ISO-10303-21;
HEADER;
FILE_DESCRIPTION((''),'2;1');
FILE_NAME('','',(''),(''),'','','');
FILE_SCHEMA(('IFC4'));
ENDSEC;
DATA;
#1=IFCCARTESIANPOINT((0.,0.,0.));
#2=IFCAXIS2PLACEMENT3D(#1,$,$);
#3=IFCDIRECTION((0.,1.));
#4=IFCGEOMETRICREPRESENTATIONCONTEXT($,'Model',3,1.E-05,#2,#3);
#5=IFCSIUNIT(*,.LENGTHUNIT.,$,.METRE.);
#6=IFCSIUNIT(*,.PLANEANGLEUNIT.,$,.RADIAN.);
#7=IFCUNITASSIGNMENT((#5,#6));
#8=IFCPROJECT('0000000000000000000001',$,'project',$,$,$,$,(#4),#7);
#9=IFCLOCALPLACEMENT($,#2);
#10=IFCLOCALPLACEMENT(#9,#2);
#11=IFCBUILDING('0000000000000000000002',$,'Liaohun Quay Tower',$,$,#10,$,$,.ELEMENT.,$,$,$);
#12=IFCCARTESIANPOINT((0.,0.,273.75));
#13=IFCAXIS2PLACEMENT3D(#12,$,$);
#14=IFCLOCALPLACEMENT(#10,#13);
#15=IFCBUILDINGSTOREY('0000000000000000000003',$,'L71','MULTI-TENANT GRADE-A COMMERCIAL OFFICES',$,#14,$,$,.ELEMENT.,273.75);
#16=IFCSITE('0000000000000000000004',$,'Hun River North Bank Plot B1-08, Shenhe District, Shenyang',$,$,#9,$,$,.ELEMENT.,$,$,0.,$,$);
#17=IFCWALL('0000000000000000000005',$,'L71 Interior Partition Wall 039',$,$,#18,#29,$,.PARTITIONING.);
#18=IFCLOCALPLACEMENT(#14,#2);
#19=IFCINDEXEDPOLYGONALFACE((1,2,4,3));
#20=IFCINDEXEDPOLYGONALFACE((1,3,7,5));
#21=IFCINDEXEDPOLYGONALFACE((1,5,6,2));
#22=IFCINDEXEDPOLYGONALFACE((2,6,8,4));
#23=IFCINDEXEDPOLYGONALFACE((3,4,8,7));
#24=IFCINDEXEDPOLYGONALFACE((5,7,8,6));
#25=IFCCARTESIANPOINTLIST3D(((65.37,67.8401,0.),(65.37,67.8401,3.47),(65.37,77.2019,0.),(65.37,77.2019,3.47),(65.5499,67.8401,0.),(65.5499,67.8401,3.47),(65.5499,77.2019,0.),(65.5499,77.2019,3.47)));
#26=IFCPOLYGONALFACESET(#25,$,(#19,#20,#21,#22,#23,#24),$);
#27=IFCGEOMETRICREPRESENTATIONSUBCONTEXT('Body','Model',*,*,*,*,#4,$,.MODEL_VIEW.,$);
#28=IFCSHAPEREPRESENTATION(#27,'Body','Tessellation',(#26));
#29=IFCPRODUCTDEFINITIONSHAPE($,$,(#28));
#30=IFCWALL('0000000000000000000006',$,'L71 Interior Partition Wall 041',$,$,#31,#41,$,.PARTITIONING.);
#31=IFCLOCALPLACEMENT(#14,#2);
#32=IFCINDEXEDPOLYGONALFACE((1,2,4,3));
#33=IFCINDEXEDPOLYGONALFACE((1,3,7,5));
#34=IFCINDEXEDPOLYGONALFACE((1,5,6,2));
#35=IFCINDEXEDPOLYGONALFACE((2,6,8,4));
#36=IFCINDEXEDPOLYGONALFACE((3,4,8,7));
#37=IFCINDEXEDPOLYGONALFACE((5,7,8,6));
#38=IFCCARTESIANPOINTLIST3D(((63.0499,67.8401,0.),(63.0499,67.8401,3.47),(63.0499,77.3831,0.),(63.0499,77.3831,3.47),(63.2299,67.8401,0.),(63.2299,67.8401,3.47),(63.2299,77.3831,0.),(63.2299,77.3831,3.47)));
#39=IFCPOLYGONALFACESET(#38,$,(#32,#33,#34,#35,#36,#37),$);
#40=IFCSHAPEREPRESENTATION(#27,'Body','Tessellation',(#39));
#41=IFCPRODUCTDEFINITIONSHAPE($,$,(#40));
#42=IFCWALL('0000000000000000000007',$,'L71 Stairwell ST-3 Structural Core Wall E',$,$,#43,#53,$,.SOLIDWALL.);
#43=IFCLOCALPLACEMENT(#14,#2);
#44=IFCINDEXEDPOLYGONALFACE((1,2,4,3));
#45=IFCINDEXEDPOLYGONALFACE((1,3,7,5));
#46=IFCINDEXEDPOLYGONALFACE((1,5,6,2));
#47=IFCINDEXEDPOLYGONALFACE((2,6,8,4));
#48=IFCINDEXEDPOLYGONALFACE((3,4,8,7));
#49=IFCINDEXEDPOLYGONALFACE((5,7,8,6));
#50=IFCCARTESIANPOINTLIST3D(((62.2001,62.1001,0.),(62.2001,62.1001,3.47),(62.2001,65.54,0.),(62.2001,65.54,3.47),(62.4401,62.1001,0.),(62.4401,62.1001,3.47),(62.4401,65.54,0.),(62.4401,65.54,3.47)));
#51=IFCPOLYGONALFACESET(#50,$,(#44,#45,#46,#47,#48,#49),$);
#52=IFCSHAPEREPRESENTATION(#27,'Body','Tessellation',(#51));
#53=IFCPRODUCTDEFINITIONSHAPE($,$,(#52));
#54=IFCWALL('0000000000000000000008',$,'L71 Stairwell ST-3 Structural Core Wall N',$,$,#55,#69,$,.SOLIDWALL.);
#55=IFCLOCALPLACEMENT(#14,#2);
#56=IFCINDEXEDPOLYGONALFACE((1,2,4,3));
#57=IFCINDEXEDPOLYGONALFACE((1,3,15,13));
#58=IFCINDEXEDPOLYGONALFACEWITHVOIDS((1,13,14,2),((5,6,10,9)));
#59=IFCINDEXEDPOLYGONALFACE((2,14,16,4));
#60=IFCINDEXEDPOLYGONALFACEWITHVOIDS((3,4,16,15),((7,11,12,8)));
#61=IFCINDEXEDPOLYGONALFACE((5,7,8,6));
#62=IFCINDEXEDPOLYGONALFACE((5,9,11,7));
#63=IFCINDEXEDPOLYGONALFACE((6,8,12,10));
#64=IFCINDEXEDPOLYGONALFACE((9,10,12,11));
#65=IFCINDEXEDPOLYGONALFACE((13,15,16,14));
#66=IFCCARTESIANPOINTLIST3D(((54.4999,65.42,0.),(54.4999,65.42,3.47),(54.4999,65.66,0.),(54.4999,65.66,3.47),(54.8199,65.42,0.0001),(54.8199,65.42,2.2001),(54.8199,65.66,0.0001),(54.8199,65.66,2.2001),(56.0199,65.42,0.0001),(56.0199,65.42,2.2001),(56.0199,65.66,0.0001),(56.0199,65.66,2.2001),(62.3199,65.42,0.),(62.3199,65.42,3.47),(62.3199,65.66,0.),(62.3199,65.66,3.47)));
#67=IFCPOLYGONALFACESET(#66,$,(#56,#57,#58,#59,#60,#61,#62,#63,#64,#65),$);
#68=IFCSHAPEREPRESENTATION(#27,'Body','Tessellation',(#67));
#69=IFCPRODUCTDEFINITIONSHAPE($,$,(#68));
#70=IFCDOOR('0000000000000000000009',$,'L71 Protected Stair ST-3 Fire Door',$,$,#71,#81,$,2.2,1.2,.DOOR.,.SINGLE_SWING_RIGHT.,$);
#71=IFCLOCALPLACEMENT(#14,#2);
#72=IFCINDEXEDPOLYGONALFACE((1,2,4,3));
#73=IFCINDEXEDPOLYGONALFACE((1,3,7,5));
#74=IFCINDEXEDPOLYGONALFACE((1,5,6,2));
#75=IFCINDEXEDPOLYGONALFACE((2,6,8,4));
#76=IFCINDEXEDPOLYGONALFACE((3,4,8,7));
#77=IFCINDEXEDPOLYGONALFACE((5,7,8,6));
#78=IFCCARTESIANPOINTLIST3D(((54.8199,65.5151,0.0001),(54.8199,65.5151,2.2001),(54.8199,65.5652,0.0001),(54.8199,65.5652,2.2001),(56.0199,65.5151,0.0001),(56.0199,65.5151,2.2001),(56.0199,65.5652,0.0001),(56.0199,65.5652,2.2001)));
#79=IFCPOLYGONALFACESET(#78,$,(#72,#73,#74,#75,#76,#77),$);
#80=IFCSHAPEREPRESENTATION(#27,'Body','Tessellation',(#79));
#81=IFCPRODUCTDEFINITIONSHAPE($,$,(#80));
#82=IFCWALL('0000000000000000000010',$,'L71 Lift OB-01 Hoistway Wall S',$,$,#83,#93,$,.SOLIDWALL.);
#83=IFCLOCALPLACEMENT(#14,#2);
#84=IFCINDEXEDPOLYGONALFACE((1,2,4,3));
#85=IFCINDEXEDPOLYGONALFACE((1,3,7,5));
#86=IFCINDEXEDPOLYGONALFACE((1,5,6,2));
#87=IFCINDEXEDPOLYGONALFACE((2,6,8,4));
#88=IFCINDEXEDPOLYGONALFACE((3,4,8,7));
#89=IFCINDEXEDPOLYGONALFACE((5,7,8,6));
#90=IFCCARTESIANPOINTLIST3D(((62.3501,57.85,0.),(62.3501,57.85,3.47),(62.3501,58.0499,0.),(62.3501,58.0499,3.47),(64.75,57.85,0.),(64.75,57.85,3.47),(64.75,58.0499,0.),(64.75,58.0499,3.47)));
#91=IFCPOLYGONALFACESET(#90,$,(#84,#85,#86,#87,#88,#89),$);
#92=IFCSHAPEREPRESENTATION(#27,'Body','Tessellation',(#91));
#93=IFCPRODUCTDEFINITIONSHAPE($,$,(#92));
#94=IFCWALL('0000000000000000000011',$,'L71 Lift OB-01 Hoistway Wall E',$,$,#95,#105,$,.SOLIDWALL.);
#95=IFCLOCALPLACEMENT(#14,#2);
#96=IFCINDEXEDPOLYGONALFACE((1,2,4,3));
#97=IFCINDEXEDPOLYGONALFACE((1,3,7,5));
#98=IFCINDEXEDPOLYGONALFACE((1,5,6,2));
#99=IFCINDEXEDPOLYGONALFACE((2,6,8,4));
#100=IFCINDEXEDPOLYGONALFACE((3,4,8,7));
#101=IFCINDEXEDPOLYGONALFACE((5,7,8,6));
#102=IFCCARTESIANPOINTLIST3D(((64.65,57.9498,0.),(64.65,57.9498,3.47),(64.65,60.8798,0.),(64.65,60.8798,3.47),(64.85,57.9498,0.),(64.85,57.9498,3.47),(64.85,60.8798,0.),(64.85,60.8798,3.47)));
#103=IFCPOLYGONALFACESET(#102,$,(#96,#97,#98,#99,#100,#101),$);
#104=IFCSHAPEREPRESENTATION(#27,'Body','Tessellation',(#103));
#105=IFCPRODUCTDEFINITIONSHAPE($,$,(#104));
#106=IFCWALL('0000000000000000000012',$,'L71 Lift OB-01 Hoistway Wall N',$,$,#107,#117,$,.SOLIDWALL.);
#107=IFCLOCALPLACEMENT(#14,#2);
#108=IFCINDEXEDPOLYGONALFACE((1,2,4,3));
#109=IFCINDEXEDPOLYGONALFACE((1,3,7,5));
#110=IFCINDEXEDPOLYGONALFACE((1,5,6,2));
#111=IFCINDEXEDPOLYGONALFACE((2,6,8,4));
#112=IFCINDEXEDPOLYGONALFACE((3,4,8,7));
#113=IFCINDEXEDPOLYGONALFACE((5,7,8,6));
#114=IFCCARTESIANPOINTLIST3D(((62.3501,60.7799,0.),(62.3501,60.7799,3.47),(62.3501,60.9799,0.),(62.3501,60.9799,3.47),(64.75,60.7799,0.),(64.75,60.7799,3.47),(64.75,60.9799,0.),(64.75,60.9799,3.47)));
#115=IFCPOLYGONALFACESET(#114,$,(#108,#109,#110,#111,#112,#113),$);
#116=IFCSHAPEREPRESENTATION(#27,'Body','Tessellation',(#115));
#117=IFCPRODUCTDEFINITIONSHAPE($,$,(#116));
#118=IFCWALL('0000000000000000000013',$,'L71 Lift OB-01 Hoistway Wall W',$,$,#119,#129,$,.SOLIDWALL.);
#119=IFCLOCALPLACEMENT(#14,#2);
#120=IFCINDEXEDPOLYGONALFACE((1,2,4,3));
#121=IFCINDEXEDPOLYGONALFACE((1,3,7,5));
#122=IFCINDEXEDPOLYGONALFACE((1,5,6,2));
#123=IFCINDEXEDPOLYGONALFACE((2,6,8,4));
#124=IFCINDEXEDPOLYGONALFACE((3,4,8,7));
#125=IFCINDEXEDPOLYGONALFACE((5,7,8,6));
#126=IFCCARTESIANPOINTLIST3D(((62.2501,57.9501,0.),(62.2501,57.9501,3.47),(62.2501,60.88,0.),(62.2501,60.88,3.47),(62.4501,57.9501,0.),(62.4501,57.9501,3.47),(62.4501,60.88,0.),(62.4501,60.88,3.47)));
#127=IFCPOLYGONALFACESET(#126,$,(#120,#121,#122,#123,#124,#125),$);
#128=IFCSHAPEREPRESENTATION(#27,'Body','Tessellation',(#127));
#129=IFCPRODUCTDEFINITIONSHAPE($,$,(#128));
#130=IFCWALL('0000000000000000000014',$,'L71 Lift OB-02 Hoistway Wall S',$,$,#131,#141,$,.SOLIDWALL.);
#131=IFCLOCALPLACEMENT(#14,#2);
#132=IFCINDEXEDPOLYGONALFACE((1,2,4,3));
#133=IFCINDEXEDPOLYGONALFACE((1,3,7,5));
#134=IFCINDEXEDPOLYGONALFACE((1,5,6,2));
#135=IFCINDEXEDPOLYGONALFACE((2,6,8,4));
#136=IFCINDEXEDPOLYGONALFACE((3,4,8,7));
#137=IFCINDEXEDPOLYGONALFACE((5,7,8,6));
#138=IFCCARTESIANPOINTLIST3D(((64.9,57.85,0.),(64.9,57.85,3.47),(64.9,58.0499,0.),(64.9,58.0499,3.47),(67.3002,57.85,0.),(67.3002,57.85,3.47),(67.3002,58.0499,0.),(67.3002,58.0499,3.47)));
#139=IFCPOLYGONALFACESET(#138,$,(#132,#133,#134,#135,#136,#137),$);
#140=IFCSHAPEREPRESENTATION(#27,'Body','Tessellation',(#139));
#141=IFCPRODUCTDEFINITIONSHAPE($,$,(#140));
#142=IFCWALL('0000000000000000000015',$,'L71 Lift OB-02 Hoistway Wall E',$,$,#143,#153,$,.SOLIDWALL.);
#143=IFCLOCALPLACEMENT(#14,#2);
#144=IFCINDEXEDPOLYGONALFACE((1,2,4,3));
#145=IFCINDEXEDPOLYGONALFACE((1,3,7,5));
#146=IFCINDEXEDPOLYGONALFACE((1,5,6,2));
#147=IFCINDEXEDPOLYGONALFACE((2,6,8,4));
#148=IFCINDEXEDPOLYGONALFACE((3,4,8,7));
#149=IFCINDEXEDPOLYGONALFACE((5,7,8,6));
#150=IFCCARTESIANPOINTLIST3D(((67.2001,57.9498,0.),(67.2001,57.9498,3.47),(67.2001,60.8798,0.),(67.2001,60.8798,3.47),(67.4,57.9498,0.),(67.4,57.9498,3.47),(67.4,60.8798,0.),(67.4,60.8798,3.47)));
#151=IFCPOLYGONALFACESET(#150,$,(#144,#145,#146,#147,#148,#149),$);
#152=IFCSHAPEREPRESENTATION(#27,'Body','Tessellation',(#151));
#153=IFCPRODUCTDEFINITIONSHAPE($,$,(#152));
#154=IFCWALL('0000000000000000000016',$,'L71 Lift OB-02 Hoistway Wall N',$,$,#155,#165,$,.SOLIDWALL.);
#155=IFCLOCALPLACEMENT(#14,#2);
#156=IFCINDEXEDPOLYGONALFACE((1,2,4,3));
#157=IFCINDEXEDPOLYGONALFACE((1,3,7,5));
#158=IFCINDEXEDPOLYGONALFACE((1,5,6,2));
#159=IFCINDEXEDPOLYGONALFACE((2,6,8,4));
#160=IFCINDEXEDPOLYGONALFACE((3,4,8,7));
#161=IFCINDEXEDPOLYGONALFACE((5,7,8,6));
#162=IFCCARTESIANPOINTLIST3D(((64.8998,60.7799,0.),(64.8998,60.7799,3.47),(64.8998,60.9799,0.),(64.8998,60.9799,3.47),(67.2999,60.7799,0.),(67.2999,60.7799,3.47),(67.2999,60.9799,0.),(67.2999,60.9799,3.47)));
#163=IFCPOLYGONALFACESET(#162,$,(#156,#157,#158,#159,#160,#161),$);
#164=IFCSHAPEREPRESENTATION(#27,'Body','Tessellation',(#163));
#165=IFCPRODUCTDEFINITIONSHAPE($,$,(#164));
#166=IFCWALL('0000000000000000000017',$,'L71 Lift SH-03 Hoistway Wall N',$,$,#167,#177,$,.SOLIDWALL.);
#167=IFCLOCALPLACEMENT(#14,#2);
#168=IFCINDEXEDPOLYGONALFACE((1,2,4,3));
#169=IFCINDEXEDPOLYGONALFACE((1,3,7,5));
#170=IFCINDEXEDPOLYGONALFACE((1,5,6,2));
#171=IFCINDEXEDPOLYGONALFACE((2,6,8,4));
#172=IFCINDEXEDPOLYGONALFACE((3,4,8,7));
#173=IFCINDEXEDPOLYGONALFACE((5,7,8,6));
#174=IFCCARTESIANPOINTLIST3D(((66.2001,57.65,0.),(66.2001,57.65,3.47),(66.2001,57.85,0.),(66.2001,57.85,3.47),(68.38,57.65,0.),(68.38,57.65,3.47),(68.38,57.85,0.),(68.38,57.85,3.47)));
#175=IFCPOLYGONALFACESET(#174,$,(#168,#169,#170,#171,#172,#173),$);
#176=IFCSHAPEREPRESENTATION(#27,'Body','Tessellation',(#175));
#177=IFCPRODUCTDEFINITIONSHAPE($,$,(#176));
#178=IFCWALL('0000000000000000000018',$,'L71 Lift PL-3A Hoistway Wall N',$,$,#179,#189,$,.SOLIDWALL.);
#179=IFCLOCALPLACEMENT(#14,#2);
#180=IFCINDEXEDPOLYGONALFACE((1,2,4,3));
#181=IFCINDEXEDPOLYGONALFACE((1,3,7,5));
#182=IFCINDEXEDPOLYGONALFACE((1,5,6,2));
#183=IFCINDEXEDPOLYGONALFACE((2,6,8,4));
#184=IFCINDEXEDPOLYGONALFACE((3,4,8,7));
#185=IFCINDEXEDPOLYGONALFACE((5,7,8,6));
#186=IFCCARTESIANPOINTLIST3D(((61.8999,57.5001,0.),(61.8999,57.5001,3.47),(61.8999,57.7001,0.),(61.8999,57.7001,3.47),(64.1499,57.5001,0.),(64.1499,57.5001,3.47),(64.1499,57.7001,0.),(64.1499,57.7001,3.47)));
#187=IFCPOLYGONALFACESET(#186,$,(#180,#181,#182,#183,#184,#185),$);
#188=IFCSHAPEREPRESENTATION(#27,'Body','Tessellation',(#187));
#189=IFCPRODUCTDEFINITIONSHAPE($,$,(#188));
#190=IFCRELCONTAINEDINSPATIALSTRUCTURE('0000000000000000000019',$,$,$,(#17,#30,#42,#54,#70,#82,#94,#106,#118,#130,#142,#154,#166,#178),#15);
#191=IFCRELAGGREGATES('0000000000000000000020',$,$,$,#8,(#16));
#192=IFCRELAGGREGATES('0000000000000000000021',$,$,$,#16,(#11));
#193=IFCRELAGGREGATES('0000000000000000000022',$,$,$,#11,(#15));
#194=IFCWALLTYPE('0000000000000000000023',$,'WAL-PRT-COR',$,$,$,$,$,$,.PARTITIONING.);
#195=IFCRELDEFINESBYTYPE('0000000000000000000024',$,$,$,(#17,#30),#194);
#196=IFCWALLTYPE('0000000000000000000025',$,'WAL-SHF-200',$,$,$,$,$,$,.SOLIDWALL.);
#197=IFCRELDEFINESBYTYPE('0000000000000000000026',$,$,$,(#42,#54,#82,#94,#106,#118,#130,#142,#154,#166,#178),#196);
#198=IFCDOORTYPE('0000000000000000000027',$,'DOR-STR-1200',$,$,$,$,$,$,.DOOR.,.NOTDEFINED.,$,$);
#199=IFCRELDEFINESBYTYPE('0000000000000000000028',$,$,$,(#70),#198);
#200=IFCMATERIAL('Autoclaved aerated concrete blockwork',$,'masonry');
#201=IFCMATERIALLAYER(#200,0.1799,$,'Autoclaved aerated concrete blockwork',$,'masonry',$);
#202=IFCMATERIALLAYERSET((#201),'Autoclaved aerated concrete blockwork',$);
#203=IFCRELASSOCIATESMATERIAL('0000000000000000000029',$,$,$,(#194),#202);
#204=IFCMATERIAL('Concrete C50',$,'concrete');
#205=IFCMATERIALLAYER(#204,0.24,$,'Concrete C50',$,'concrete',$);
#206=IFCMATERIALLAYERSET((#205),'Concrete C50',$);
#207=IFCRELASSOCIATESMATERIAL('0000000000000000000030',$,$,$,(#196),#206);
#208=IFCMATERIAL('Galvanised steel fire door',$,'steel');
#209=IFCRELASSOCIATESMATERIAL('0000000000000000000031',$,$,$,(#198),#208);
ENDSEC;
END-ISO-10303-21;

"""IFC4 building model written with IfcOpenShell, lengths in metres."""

from ifc_helpers import new_model, si_unit, direction, frame, frame_2d, origin, place, context, subcontext, project, spatial, rectangle, extrude, source, transform, mapped, material, layer, layer_set, type_object, element, fill, save


model = new_model("IFC4")

# Units and contexts
model_context = context("Model", 3, precision=1e-05, world=origin(), true_north=direction((0.0, 1.0)))
body_context = subcontext(model_context, "Body", "Model", "MODEL_VIEW")
ifc_project = project(units=[si_unit("LENGTHUNIT", "METRE"), si_unit("PLANEANGLEUNIT", "RADIAN")], contexts=[model_context])

# Site, building, storey
site_placement = place(None, origin())
site = spatial("IfcSite", under=ifc_project, at=site_placement, Name="Hun River North Bank Plot B1-08, Shenhe District, Shenyang", CompositionType="ELEMENT", RefElevation=0.0)
building_placement = place(site_placement, origin())
building = spatial("IfcBuilding", under=site, at=building_placement, Name="Liaohun Quay Tower", CompositionType="ELEMENT")
storey_placement = place(building_placement, frame((0.0, 0.0, 273.75)))
storey = spatial("IfcBuildingStorey", under=building, at=storey_placement, Name="L71", Description="MULTI-TENANT GRADE-A COMMERCIAL OFFICES", CompositionType="ELEMENT", Elevation=273.75)

# Shared definitions
ifc_material_1 = material(Name="Autoclaved aerated concrete blockwork", Category="masonry")
ifc_layer_1 = layer(ifc_material_1, 0.1799, Name="Autoclaved aerated concrete blockwork", Category="masonry")
ifc_layer_set_1 = layer_set([ifc_layer_1], Name="Autoclaved aerated concrete blockwork")
wall_type_1 = type_object("IfcWallType", Name="WAL-PRT-COR", PredefinedType="PARTITIONING", material=ifc_layer_set_1)

# Walls
wall_1_placement = place(storey_placement, frame((65.46, 77.2019, 0.0), z_axis=(0.0, 0.0, 1.0), x_axis=(0.0, -1.0, 0.0)))
element("IfcWall", 1, at=wall_1_placement, inside=storey, type_object=wall_type_1, Name="L71 Interior Partition Wall 039", PredefinedType="PARTITIONING", context=body_context, shape_type="SweptSolid", body=[
    extrude(rectangle(XDim=9.3618, YDim=0.1799, at=frame_2d((4.6809, 0.0))), origin(), (0.0, 0.0, 1.0), 3.47),
])
wall_2_placement = place(storey_placement, frame((63.1399, 67.8401, 0.0), z_axis=(0.0, 0.0, 1.0), x_axis=(0.0, 1.0, 0.0)))
element("IfcWall", 2, at=wall_2_placement, inside=storey, type_object=wall_type_1, Name="L71 Interior Partition Wall 041", PredefinedType="PARTITIONING", context=body_context, shape_type="SweptSolid", body=[
    extrude(rectangle(XDim=9.543, YDim=0.1799, at=frame_2d((4.7715, 0.0))), origin(), (0.0, 0.0, 1.0), 3.47),
])
ifc_material_2 = material(Name="Concrete C50", Category="concrete")
ifc_layer_2 = layer(ifc_material_2, 0.24, Name="Concrete C50", Category="concrete")
ifc_layer_set_2 = layer_set([ifc_layer_2], Name="Concrete C50")
wall_type_2 = type_object("IfcWallType", Name="WAL-SHF-200", PredefinedType="SOLIDWALL", material=ifc_layer_set_2)
wall_3_placement = place(storey_placement, frame((62.3201, 62.1001, 0.0), z_axis=(0.0, 0.0, 1.0), x_axis=(0.0, 1.0, 0.0)))
element("IfcWall", 3, at=wall_3_placement, inside=storey, type_object=wall_type_2, Name="L71 Stairwell ST-3 Structural Core Wall E", PredefinedType="SOLIDWALL", context=body_context, shape_type="SweptSolid", body=[
    extrude(rectangle(XDim=3.4399, YDim=0.24, at=frame_2d((1.72, 0.0))), origin(), (0.0, 0.0, 1.0), 3.47),
])

# Wall, opening, door
wall_4_placement = place(storey_placement, frame((62.3201, 65.54, 0.0), z_axis=(0.0, 0.0, 1.0), x_axis=(-1.0, 0.0, 0.0)))
wall_4 = element("IfcWall", 4, at=wall_4_placement, inside=storey, type_object=wall_type_2, Name="L71 Stairwell ST-3 Structural Core Wall N", PredefinedType="SOLIDWALL", context=body_context, shape_type="SweptSolid", body=[
    extrude(rectangle(XDim=7.8201, YDim=0.24, at=frame_2d((3.9102, 0.0))), origin(), (0.0, 0.0, 1.0), 3.47),
])
shared_shape_1 = source(origin(), body_context, "Body", "SweptSolid", [
    extrude(rectangle(XDim=1.2, YDim=2.2, at=frame_2d((0.6001, 1.1001))), frame((0.0, 0.1299, 0.0), z_axis=(0.0, -1.0, 0.0), x_axis=(1.0, 0.0, 0.0)), (0.0, 0.0, 1.0), 0.26),
])
opening_1_placement = place(wall_4_placement, frame((6.3, 0.0, 0.0)))
opening_1 = element("IfcOpeningElement", 5, at=opening_1_placement, cuts=wall_4, PredefinedType="OPENING", context=body_context, shape_type="MappedRepresentation", body=[
    mapped(shared_shape_1, transform((0.0, 0.0, 0.0), x_axis=(1.0, 0.0, 0.0), y_axis=(0.0, 1.0, 0.0), z_axis=(0.0, 0.0, 1.0), scale=1.0)),
])
ifc_material_3 = material(Name="Galvanised steel fire door", Category="steel")
door_type_1 = type_object("IfcDoorType", Name="DOR-STR-1200", OperationType="NOTDEFINED", PredefinedType="DOOR", material=ifc_material_3)
shared_shape_2 = source(origin(), body_context, "Body", "SweptSolid", [
    extrude(rectangle(XDim=1.2, YDim=2.2, at=frame_2d((0.6001, 1.1001))), frame((0.0, 0.0249, 0.0), z_axis=(0.0, -1.0, 0.0), x_axis=(1.0, 0.0, 0.0)), (0.0, 0.0, 1.0), 0.05),
])
door_1_placement = place(opening_1_placement, origin())
door_1 = element("IfcDoor", 6, at=door_1_placement, inside=storey, type_object=door_type_1, Name="L71 Protected Stair ST-3 Fire Door", OperationType="SINGLE_SWING_RIGHT", OverallHeight=2.2, OverallWidth=1.2, PredefinedType="DOOR", context=body_context, shape_type="MappedRepresentation", body=[
    mapped(shared_shape_2, transform((0.0, 0.0, 0.0), x_axis=(1.0, 0.0, 0.0), y_axis=(0.0, 1.0, 0.0), z_axis=(0.0, 0.0, 1.0), scale=1.0)),
])
fill(opening_1, door_1)

# Walls
wall_5_placement = place(storey_placement, frame((62.3501, 57.95, 0.0), z_axis=(0.0, 0.0, 1.0), x_axis=(1.0, 0.0, 0.0)))
element("IfcWall", 7, at=wall_5_placement, inside=storey, type_object=wall_type_2, Name="L71 Lift OB-01 Hoistway Wall S", PredefinedType="SOLIDWALL", context=body_context, shape_type="SweptSolid", body=[
    extrude(rectangle(XDim=2.3999, YDim=0.2, at=frame_2d((1.2, 0.0))), origin(), (0.0, 0.0, 1.0), 3.47),
])
wall_6_placement = place(storey_placement, frame((64.75, 57.95, 0.0), z_axis=(0.0, 0.0, 1.0), x_axis=(0.0, 1.0, 0.0)))
element("IfcWall", 8, at=wall_6_placement, inside=storey, type_object=wall_type_2, Name="L71 Lift OB-01 Hoistway Wall E", PredefinedType="SOLIDWALL", context=body_context, shape_type="SweptSolid", body=[
    extrude(rectangle(XDim=2.9299, YDim=0.2, at=frame_2d((1.4648, 0.0))), origin(), (0.0, 0.0, 1.0), 3.47),
])
wall_7_placement = place(storey_placement, frame((64.75, 60.8799, 0.0), z_axis=(0.0, 0.0, 1.0), x_axis=(-1.0, 0.0, 0.0)))
element("IfcWall", 9, at=wall_7_placement, inside=storey, type_object=wall_type_2, Name="L71 Lift OB-01 Hoistway Wall N", PredefinedType="SOLIDWALL", context=body_context, shape_type="SweptSolid", body=[
    extrude(rectangle(XDim=2.3999, YDim=0.2, at=frame_2d((1.2, 0.0))), origin(), (0.0, 0.0, 1.0), 3.47),
])
wall_8_placement = place(storey_placement, frame((62.3501, 60.8799, 0.0), z_axis=(0.0, 0.0, 1.0), x_axis=(0.0, -1.0, 0.0)))
element("IfcWall", 10, at=wall_8_placement, inside=storey, type_object=wall_type_2, Name="L71 Lift OB-01 Hoistway Wall W", PredefinedType="SOLIDWALL", context=body_context, shape_type="SweptSolid", body=[
    extrude(rectangle(XDim=2.9299, YDim=0.2, at=frame_2d((1.4648, 0.0))), origin(), (0.0, 0.0, 1.0), 3.47),
])
wall_9_placement = place(storey_placement, frame((64.8999, 57.95, 0.0), z_axis=(0.0, 0.0, 1.0), x_axis=(1.0, 0.0, 0.0)))
element("IfcWall", 11, at=wall_9_placement, inside=storey, type_object=wall_type_2, Name="L71 Lift OB-02 Hoistway Wall S", PredefinedType="SOLIDWALL", context=body_context, shape_type="SweptSolid", body=[
    extrude(rectangle(XDim=2.4001, YDim=0.2, at=frame_2d((1.2002, 0.0))), origin(), (0.0, 0.0, 1.0), 3.47),
])
wall_10_placement = place(storey_placement, frame((67.3, 57.95, 0.0), z_axis=(0.0, 0.0, 1.0), x_axis=(0.0, 1.0, 0.0)))
element("IfcWall", 12, at=wall_10_placement, inside=storey, type_object=wall_type_2, Name="L71 Lift OB-02 Hoistway Wall E", PredefinedType="SOLIDWALL", context=body_context, shape_type="SweptSolid", body=[
    extrude(rectangle(XDim=2.9299, YDim=0.2, at=frame_2d((1.4648, 0.0))), origin(), (0.0, 0.0, 1.0), 3.47),
])
wall_11_placement = place(storey_placement, frame((67.3, 60.8799, 0.0), z_axis=(0.0, 0.0, 1.0), x_axis=(-1.0, 0.0, 0.0)))
element("IfcWall", 13, at=wall_11_placement, inside=storey, type_object=wall_type_2, Name="L71 Lift OB-02 Hoistway Wall N", PredefinedType="SOLIDWALL", context=body_context, shape_type="SweptSolid", body=[
    extrude(rectangle(XDim=2.4001, YDim=0.2, at=frame_2d((1.2002, 0.0))), origin(), (0.0, 0.0, 1.0), 3.47),
])
wall_12_placement = place(storey_placement, frame((68.3799, 57.75, 0.0), z_axis=(0.0, 0.0, 1.0), x_axis=(-1.0, 0.0, 0.0)))
element("IfcWall", 14, at=wall_12_placement, inside=storey, type_object=wall_type_2, Name="L71 Lift SH-03 Hoistway Wall N", PredefinedType="SOLIDWALL", context=body_context, shape_type="SweptSolid", body=[
    extrude(rectangle(XDim=2.1799, YDim=0.2, at=frame_2d((1.0898, 0.0))), origin(), (0.0, 0.0, 1.0), 3.47),
])
wall_13_placement = place(storey_placement, frame((64.1499, 57.6001, 0.0), z_axis=(0.0, 0.0, 1.0), x_axis=(-1.0, 0.0, 0.0)))
element("IfcWall", 15, at=wall_13_placement, inside=storey, type_object=wall_type_2, Name="L71 Lift PL-3A Hoistway Wall N", PredefinedType="SOLIDWALL", context=body_context, shape_type="SweptSolid", body=[
    extrude(rectangle(XDim=2.25, YDim=0.2, at=frame_2d((1.125, 0.0))), origin(), (0.0, 0.0, 1.0), 3.47),
])

save(model, "model.ifc")
